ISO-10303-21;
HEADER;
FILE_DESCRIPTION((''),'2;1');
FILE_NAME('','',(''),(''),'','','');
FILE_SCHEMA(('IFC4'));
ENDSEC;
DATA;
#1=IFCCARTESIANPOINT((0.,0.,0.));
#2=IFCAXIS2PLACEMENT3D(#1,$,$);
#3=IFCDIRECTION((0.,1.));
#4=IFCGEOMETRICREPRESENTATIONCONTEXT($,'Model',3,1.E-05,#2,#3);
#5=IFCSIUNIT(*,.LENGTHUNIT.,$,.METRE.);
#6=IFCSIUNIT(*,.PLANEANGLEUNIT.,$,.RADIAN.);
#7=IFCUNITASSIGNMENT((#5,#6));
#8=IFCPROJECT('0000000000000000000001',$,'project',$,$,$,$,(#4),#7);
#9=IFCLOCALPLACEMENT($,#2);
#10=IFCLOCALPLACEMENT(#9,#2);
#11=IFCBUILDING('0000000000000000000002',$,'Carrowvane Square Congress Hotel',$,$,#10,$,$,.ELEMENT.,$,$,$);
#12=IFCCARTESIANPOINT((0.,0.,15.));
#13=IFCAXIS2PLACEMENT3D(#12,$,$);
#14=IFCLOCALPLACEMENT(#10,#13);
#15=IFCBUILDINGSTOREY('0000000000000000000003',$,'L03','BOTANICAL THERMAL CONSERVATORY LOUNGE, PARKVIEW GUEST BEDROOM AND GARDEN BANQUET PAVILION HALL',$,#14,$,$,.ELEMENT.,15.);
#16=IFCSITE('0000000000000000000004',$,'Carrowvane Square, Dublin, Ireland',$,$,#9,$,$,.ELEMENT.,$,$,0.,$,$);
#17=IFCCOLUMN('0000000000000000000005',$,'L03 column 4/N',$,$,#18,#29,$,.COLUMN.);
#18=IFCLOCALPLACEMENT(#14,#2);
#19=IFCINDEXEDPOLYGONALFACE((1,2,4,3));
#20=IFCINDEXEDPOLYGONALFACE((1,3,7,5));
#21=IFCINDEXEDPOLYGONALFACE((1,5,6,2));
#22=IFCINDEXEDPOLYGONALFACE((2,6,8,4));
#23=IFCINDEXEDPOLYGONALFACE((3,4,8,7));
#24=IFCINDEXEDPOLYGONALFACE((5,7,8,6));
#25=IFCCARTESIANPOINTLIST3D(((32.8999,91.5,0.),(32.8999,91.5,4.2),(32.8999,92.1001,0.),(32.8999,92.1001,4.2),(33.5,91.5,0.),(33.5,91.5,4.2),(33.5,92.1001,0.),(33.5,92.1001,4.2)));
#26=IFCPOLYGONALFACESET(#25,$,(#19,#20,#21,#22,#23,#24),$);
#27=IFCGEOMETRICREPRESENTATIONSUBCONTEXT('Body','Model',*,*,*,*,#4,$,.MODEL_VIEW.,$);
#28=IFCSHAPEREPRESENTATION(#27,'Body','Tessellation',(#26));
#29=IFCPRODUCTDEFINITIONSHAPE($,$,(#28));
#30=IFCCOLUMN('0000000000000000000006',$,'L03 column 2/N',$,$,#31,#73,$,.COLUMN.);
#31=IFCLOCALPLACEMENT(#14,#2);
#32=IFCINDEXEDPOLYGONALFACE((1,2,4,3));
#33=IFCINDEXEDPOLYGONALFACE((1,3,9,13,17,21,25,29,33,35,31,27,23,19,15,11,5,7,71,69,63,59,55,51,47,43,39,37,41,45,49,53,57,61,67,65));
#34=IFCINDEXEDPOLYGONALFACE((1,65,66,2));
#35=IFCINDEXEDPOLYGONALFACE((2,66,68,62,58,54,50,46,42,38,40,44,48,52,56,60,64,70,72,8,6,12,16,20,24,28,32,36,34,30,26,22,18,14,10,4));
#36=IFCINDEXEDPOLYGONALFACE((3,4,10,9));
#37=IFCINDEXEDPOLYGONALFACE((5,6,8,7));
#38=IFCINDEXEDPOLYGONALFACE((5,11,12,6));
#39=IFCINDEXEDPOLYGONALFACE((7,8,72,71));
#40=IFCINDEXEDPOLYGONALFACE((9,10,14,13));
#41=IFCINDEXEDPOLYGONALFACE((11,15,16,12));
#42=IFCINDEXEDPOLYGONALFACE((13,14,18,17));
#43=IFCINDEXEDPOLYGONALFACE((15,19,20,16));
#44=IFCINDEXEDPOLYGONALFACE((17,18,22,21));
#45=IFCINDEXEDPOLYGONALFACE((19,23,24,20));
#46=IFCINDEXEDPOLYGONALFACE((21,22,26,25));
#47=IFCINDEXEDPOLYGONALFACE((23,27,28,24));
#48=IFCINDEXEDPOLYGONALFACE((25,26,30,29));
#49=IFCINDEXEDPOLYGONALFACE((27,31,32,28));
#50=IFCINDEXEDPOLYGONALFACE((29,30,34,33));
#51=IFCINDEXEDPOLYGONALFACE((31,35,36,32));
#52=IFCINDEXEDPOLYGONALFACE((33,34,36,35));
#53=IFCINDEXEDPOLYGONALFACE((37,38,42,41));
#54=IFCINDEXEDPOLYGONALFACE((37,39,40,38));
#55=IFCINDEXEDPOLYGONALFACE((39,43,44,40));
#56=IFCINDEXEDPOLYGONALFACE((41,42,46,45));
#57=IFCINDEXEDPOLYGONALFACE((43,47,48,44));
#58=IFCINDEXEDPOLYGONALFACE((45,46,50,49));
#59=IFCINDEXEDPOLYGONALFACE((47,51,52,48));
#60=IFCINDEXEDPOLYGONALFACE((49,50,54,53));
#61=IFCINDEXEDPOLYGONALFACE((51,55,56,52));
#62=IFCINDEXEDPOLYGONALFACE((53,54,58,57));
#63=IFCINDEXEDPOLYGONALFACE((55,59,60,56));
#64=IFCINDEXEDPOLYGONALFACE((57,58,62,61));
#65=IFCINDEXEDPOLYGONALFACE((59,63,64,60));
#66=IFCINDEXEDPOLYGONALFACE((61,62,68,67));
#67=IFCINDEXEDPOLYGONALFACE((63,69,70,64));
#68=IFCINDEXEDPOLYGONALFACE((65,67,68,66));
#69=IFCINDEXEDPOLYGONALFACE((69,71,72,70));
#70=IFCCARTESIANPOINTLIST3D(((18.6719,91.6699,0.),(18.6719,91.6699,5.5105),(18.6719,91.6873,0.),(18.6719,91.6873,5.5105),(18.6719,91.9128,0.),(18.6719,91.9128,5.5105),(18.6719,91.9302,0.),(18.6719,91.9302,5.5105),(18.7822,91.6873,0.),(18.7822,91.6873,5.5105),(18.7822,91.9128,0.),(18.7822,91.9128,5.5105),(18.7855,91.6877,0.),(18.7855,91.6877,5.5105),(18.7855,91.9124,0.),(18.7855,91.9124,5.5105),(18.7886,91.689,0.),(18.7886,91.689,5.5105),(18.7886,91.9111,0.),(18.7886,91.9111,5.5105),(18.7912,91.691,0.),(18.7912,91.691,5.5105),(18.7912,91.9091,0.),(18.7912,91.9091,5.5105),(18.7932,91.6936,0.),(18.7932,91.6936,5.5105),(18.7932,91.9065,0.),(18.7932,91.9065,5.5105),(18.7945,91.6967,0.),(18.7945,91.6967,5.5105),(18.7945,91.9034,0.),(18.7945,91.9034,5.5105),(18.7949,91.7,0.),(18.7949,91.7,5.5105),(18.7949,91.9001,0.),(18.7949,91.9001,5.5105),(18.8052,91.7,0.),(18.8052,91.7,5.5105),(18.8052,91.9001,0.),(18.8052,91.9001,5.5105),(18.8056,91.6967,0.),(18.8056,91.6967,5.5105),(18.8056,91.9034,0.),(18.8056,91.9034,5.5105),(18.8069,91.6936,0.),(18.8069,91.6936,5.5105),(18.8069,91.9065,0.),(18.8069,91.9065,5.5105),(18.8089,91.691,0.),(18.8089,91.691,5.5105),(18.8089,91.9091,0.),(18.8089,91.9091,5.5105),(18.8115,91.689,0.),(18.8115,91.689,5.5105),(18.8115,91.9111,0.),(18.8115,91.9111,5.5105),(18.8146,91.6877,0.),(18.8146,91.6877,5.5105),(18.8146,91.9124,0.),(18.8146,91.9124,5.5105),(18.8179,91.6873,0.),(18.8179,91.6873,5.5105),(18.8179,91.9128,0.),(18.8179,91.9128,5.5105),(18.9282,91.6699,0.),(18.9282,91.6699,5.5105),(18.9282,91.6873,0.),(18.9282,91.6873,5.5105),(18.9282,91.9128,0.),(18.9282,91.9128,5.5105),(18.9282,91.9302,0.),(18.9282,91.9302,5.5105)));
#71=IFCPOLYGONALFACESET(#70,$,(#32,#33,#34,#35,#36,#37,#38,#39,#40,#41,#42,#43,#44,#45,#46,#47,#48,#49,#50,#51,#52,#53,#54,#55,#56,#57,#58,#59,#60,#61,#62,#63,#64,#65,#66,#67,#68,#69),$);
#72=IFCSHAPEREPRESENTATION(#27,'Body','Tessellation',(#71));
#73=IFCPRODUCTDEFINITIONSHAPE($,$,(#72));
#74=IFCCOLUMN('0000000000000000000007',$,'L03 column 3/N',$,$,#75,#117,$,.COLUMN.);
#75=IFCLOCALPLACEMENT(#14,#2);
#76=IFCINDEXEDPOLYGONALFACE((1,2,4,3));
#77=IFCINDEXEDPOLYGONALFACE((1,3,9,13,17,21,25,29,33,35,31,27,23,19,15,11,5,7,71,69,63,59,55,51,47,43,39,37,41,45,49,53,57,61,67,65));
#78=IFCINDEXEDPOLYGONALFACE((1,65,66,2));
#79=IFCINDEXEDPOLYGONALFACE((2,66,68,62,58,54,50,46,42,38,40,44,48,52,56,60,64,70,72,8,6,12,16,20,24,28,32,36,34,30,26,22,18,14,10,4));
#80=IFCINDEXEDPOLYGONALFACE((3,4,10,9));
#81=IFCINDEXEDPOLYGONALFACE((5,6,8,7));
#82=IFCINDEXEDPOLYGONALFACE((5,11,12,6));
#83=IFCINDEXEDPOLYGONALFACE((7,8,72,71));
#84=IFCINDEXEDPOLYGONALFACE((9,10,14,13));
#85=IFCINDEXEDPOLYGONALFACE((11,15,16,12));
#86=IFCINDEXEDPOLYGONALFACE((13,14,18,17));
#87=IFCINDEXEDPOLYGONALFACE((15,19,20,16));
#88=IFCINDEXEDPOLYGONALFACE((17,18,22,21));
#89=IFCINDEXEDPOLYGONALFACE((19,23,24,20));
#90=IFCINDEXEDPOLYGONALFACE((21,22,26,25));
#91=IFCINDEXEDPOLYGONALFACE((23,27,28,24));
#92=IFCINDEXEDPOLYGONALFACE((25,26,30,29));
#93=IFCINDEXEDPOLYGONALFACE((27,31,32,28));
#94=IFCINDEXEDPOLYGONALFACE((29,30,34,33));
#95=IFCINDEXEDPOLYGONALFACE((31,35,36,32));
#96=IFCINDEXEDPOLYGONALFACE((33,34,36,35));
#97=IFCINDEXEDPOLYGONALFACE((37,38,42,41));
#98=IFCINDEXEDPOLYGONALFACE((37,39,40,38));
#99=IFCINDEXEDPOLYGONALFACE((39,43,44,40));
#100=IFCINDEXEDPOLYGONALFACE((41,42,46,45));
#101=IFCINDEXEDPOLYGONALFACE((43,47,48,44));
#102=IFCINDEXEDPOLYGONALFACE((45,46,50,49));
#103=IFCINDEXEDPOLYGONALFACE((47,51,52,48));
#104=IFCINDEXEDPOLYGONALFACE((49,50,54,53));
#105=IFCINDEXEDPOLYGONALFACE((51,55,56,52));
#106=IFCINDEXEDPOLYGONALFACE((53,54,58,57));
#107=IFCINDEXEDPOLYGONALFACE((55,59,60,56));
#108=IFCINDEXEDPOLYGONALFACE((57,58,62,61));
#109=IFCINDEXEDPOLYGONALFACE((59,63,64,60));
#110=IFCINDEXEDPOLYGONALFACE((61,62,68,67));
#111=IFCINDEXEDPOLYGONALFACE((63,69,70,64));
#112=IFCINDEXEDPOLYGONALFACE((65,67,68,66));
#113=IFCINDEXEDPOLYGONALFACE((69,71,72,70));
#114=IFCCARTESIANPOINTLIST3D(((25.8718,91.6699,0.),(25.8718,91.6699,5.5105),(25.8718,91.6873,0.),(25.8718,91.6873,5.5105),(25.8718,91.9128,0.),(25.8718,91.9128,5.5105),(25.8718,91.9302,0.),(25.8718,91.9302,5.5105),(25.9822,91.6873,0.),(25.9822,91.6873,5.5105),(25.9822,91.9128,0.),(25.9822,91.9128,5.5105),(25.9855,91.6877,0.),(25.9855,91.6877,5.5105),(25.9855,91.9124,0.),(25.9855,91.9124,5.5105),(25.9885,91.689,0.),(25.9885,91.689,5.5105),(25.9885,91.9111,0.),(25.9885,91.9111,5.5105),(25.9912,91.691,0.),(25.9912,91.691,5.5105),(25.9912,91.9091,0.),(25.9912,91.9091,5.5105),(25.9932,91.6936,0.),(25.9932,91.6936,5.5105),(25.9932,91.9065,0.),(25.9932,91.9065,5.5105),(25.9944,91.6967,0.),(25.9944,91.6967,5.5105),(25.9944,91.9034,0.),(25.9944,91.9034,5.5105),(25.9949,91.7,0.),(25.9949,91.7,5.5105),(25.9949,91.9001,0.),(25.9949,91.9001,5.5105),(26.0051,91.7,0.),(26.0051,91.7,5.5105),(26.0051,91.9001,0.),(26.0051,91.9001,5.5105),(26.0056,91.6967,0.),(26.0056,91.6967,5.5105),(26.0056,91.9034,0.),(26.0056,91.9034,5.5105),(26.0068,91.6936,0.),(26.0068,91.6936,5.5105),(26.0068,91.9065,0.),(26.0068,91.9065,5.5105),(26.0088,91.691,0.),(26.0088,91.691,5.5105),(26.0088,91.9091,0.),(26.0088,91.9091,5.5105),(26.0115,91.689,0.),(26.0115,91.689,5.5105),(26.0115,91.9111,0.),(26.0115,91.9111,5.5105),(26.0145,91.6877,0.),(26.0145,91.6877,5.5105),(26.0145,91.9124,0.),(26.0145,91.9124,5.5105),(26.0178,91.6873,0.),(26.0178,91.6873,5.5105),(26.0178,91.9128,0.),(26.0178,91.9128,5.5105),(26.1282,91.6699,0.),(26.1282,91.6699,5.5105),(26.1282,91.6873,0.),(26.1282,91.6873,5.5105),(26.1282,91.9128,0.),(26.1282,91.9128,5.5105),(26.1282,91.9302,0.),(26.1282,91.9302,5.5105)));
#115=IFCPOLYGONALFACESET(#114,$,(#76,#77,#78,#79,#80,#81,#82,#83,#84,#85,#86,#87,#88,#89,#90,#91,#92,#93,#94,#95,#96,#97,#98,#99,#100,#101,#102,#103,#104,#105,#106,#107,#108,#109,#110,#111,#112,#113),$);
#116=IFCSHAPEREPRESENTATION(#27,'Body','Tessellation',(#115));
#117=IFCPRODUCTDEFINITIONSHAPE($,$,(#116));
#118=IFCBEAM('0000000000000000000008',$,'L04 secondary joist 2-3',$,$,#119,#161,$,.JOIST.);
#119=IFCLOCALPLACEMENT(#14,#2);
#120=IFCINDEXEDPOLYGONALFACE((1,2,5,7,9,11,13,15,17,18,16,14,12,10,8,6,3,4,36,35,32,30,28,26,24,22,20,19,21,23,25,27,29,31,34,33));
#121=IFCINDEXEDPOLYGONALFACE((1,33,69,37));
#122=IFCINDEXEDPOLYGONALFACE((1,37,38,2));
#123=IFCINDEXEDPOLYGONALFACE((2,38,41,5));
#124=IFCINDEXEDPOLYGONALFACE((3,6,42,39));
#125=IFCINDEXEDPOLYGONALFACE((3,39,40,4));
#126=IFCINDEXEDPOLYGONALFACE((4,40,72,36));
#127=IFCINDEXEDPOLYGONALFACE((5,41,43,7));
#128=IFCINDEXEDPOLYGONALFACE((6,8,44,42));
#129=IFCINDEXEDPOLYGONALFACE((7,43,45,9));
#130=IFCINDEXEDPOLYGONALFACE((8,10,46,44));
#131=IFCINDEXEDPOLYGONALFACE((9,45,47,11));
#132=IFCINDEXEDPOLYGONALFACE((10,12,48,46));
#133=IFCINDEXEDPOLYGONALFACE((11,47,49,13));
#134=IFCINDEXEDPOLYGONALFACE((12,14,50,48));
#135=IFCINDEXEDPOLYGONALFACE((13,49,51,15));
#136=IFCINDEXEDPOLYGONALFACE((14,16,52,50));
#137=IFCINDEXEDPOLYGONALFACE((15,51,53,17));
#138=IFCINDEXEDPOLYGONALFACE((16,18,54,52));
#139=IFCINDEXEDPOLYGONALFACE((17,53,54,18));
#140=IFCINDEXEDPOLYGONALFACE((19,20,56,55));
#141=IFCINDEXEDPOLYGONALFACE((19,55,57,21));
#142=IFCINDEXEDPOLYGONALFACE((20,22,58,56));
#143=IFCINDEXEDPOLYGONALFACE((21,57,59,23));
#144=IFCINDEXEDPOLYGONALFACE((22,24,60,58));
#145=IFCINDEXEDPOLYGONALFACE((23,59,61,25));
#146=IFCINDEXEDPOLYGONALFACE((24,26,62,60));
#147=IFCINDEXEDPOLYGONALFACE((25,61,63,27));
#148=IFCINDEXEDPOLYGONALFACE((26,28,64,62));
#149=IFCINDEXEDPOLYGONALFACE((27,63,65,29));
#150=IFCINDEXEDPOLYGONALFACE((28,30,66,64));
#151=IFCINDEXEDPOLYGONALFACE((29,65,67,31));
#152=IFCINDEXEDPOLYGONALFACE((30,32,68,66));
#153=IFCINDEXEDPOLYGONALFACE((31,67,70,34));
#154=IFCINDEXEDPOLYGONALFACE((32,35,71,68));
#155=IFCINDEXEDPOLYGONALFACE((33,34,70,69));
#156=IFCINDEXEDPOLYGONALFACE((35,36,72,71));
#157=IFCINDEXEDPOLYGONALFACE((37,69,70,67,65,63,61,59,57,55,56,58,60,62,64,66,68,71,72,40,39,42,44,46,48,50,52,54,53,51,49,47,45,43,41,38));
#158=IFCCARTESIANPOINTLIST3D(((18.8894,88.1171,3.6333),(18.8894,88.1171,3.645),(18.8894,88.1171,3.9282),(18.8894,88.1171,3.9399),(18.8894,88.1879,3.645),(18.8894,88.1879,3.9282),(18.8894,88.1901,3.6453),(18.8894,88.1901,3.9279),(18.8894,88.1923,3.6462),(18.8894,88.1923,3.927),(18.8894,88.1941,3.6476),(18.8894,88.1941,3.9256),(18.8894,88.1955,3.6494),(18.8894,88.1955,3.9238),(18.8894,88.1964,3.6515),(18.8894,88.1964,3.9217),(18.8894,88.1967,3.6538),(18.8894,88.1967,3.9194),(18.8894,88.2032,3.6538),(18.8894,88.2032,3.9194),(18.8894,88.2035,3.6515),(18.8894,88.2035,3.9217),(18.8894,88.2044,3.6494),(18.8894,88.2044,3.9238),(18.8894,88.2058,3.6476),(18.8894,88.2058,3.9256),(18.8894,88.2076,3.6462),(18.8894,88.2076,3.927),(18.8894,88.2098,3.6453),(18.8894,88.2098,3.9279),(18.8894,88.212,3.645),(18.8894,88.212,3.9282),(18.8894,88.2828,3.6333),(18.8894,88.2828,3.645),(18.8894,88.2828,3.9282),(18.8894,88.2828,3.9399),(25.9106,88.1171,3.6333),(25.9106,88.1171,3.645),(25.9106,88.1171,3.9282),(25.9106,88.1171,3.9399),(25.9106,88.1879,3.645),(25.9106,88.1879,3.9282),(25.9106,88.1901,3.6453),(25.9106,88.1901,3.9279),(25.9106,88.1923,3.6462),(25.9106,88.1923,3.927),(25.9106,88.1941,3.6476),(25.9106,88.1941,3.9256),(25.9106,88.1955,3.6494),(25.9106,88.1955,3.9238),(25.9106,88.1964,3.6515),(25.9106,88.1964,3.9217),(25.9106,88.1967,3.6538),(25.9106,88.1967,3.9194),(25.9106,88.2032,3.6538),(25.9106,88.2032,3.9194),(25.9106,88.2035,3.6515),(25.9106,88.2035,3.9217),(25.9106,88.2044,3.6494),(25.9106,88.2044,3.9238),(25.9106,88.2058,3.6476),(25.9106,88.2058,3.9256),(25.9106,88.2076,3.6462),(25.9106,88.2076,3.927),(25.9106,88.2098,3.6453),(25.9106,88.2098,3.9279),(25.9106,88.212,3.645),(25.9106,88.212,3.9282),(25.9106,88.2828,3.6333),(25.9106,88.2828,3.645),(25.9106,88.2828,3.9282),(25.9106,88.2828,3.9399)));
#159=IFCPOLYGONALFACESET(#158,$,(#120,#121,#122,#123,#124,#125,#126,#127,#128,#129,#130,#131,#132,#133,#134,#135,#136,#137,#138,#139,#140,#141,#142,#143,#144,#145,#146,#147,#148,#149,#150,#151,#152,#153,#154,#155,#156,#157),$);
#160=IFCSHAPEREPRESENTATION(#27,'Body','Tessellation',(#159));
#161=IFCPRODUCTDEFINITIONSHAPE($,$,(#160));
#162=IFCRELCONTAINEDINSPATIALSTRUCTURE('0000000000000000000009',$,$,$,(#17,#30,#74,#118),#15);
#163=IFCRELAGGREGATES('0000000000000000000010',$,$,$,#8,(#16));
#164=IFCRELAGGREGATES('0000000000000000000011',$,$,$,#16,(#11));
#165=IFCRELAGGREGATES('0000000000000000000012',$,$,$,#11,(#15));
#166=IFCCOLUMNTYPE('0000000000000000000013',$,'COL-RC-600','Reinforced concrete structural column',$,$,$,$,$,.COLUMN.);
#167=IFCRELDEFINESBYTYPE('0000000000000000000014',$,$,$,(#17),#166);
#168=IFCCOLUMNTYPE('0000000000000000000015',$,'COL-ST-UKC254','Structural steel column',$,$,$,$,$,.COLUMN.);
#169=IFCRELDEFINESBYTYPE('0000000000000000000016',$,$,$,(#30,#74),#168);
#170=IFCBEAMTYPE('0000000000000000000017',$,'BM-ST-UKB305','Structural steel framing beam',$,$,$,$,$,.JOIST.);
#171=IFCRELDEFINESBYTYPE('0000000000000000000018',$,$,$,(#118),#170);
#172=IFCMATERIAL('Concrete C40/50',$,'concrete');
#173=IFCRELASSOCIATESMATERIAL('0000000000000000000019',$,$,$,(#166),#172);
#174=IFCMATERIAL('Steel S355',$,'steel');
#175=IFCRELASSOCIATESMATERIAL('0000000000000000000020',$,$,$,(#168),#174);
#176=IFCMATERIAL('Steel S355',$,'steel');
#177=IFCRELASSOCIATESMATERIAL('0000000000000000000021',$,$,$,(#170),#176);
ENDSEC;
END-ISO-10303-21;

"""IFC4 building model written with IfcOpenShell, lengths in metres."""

from ifc_helpers import new_model, si_unit, direction, frame, origin, origin_2d, place, context, subcontext, project, spatial, rectangle, i_section, extrude, material, material_profile, profile_set, type_object, element, save


model = new_model("IFC4")

# Units and contexts
model_context = context("Model", 3, precision=1e-05, world=origin(), true_north=direction((0.0, 1.0)))
body_context = subcontext(model_context, "Body", "Model", "MODEL_VIEW")
ifc_project = project(units=[si_unit("LENGTHUNIT", "METRE"), si_unit("PLANEANGLEUNIT", "RADIAN")], contexts=[model_context])

# Site, building, storey
site_placement = place(None, origin())
site = spatial("IfcSite", under=ifc_project, at=site_placement, Name="Carrowvane Square, Dublin, Ireland", CompositionType="ELEMENT", RefElevation=0.0)
building_placement = place(site_placement, origin())
building = spatial("IfcBuilding", under=site, at=building_placement, Name="Carrowvane Square Congress Hotel", CompositionType="ELEMENT")
storey_placement = place(building_placement, frame((0.0, 0.0, 15.0)))
storey = spatial("IfcBuildingStorey", under=building, at=storey_placement, Name="L03", Description="BOTANICAL THERMAL CONSERVATORY LOUNGE, PARKVIEW GUEST BEDROOM AND GARDEN BANQUET PAVILION HALL", CompositionType="ELEMENT", Elevation=15.0)

# Columns
ifc_material_1 = material(Name="Concrete C40/50", Category="concrete")
ifc_material_profile_1 = material_profile(ifc_material_1, rectangle(XDim=0.6001, YDim=0.6001, at=origin_2d()), Name="RC 600x600")
ifc_profile_set_1 = profile_set([ifc_material_profile_1], Name="Concrete C40/50")
column_type_1 = type_object("IfcColumnType", Name="COL-RC-600", Description="Reinforced concrete structural column", PredefinedType="COLUMN", material=ifc_profile_set_1)
column_placement = place(storey_placement, frame((33.2, 91.8, 0.0), z_axis=(0.0, 0.0, 1.0), x_axis=(1.0, 0.0, 0.0)))
element("IfcColumn", 1, at=column_placement, inside=storey, type_object=column_type_1, Name="L03 column 4/N", PredefinedType="COLUMN", context=body_context, shape_type="SweptSolid", body=[
    extrude(rectangle(XDim=0.6001, YDim=0.6001, at=origin_2d()), origin(), (0.0, 0.0, 1.0), 4.2),
])
ifc_material_2 = material(Name="Steel S355", Category="steel")
ifc_material_profile_2 = material_profile(ifc_material_2, i_section(OverallWidth=0.2563, OverallDepth=0.2603, WebThickness=0.0103, FlangeThickness=0.0173, FilletRadius=0.0127, at=origin_2d()), Name="UKC 254x254x89")
ifc_profile_set_2 = profile_set([ifc_material_profile_2], Name="Steel S355")
column_type_2 = type_object("IfcColumnType", Name="COL-ST-UKC254", Description="Structural steel column", PredefinedType="COLUMN", material=ifc_profile_set_2)
for number, where, z_axis, x_axis, name in (
    (2, (18.8, 91.8, 0.0), (0.0, 0.0, 1.0), (1.0, 0.0, 0.0), "L03 column 2/N"),
    (3, (26.0, 91.8, 0.0), (0.0, 0.0, 1.0), (1.0, 0.0, 0.0), "L03 column 3/N"),
):
    element("IfcColumn", number, at=place(storey_placement, frame(where, z_axis=z_axis, x_axis=x_axis)), inside=storey, type_object=column_type_2, Name=name, PredefinedType="COLUMN", context=body_context, shape_type="SweptSolid", body=[
        extrude(i_section(OverallWidth=0.2563, OverallDepth=0.2603, WebThickness=0.0103, FlangeThickness=0.0173, FilletRadius=0.0127, at=origin_2d()), origin(), (0.0, 0.0, 1.0), 5.5105),
    ])

# Beam
ifc_material_3 = material(Name="Steel S355", Category="steel")
ifc_material_profile_3 = material_profile(ifc_material_3, i_section(OverallWidth=0.1658, OverallDepth=0.3066, WebThickness=0.0066, FlangeThickness=0.0117, FilletRadius=0.0088, at=origin_2d()), Name="UKB 305x165x46")
ifc_profile_set_3 = profile_set([ifc_material_profile_3], Name="Steel S355")
beam_type_1 = type_object("IfcBeamType", Name="BM-ST-UKB305", Description="Structural steel framing beam", PredefinedType="JOIST", material=ifc_profile_set_3)
for number, where, z_axis, x_axis, name in (
    (4, (18.8894, 88.2, 3.7866), (1.0, 0.0, 0.0), (0.0, 1.0, 0.0), "L04 secondary joist 2-3"),
):
    element("IfcBeam", number, at=place(storey_placement, frame(where, z_axis=z_axis, x_axis=x_axis)), inside=storey, type_object=beam_type_1, Name=name, PredefinedType="JOIST", context=body_context, shape_type="SweptSolid", body=[
        extrude(i_section(OverallWidth=0.1658, OverallDepth=0.3066, WebThickness=0.0066, FlangeThickness=0.0117, FilletRadius=0.0088, at=origin_2d()), origin(), (0.0, 0.0, 1.0), 7.0212),
    ])

save(model, "model.ifc")
